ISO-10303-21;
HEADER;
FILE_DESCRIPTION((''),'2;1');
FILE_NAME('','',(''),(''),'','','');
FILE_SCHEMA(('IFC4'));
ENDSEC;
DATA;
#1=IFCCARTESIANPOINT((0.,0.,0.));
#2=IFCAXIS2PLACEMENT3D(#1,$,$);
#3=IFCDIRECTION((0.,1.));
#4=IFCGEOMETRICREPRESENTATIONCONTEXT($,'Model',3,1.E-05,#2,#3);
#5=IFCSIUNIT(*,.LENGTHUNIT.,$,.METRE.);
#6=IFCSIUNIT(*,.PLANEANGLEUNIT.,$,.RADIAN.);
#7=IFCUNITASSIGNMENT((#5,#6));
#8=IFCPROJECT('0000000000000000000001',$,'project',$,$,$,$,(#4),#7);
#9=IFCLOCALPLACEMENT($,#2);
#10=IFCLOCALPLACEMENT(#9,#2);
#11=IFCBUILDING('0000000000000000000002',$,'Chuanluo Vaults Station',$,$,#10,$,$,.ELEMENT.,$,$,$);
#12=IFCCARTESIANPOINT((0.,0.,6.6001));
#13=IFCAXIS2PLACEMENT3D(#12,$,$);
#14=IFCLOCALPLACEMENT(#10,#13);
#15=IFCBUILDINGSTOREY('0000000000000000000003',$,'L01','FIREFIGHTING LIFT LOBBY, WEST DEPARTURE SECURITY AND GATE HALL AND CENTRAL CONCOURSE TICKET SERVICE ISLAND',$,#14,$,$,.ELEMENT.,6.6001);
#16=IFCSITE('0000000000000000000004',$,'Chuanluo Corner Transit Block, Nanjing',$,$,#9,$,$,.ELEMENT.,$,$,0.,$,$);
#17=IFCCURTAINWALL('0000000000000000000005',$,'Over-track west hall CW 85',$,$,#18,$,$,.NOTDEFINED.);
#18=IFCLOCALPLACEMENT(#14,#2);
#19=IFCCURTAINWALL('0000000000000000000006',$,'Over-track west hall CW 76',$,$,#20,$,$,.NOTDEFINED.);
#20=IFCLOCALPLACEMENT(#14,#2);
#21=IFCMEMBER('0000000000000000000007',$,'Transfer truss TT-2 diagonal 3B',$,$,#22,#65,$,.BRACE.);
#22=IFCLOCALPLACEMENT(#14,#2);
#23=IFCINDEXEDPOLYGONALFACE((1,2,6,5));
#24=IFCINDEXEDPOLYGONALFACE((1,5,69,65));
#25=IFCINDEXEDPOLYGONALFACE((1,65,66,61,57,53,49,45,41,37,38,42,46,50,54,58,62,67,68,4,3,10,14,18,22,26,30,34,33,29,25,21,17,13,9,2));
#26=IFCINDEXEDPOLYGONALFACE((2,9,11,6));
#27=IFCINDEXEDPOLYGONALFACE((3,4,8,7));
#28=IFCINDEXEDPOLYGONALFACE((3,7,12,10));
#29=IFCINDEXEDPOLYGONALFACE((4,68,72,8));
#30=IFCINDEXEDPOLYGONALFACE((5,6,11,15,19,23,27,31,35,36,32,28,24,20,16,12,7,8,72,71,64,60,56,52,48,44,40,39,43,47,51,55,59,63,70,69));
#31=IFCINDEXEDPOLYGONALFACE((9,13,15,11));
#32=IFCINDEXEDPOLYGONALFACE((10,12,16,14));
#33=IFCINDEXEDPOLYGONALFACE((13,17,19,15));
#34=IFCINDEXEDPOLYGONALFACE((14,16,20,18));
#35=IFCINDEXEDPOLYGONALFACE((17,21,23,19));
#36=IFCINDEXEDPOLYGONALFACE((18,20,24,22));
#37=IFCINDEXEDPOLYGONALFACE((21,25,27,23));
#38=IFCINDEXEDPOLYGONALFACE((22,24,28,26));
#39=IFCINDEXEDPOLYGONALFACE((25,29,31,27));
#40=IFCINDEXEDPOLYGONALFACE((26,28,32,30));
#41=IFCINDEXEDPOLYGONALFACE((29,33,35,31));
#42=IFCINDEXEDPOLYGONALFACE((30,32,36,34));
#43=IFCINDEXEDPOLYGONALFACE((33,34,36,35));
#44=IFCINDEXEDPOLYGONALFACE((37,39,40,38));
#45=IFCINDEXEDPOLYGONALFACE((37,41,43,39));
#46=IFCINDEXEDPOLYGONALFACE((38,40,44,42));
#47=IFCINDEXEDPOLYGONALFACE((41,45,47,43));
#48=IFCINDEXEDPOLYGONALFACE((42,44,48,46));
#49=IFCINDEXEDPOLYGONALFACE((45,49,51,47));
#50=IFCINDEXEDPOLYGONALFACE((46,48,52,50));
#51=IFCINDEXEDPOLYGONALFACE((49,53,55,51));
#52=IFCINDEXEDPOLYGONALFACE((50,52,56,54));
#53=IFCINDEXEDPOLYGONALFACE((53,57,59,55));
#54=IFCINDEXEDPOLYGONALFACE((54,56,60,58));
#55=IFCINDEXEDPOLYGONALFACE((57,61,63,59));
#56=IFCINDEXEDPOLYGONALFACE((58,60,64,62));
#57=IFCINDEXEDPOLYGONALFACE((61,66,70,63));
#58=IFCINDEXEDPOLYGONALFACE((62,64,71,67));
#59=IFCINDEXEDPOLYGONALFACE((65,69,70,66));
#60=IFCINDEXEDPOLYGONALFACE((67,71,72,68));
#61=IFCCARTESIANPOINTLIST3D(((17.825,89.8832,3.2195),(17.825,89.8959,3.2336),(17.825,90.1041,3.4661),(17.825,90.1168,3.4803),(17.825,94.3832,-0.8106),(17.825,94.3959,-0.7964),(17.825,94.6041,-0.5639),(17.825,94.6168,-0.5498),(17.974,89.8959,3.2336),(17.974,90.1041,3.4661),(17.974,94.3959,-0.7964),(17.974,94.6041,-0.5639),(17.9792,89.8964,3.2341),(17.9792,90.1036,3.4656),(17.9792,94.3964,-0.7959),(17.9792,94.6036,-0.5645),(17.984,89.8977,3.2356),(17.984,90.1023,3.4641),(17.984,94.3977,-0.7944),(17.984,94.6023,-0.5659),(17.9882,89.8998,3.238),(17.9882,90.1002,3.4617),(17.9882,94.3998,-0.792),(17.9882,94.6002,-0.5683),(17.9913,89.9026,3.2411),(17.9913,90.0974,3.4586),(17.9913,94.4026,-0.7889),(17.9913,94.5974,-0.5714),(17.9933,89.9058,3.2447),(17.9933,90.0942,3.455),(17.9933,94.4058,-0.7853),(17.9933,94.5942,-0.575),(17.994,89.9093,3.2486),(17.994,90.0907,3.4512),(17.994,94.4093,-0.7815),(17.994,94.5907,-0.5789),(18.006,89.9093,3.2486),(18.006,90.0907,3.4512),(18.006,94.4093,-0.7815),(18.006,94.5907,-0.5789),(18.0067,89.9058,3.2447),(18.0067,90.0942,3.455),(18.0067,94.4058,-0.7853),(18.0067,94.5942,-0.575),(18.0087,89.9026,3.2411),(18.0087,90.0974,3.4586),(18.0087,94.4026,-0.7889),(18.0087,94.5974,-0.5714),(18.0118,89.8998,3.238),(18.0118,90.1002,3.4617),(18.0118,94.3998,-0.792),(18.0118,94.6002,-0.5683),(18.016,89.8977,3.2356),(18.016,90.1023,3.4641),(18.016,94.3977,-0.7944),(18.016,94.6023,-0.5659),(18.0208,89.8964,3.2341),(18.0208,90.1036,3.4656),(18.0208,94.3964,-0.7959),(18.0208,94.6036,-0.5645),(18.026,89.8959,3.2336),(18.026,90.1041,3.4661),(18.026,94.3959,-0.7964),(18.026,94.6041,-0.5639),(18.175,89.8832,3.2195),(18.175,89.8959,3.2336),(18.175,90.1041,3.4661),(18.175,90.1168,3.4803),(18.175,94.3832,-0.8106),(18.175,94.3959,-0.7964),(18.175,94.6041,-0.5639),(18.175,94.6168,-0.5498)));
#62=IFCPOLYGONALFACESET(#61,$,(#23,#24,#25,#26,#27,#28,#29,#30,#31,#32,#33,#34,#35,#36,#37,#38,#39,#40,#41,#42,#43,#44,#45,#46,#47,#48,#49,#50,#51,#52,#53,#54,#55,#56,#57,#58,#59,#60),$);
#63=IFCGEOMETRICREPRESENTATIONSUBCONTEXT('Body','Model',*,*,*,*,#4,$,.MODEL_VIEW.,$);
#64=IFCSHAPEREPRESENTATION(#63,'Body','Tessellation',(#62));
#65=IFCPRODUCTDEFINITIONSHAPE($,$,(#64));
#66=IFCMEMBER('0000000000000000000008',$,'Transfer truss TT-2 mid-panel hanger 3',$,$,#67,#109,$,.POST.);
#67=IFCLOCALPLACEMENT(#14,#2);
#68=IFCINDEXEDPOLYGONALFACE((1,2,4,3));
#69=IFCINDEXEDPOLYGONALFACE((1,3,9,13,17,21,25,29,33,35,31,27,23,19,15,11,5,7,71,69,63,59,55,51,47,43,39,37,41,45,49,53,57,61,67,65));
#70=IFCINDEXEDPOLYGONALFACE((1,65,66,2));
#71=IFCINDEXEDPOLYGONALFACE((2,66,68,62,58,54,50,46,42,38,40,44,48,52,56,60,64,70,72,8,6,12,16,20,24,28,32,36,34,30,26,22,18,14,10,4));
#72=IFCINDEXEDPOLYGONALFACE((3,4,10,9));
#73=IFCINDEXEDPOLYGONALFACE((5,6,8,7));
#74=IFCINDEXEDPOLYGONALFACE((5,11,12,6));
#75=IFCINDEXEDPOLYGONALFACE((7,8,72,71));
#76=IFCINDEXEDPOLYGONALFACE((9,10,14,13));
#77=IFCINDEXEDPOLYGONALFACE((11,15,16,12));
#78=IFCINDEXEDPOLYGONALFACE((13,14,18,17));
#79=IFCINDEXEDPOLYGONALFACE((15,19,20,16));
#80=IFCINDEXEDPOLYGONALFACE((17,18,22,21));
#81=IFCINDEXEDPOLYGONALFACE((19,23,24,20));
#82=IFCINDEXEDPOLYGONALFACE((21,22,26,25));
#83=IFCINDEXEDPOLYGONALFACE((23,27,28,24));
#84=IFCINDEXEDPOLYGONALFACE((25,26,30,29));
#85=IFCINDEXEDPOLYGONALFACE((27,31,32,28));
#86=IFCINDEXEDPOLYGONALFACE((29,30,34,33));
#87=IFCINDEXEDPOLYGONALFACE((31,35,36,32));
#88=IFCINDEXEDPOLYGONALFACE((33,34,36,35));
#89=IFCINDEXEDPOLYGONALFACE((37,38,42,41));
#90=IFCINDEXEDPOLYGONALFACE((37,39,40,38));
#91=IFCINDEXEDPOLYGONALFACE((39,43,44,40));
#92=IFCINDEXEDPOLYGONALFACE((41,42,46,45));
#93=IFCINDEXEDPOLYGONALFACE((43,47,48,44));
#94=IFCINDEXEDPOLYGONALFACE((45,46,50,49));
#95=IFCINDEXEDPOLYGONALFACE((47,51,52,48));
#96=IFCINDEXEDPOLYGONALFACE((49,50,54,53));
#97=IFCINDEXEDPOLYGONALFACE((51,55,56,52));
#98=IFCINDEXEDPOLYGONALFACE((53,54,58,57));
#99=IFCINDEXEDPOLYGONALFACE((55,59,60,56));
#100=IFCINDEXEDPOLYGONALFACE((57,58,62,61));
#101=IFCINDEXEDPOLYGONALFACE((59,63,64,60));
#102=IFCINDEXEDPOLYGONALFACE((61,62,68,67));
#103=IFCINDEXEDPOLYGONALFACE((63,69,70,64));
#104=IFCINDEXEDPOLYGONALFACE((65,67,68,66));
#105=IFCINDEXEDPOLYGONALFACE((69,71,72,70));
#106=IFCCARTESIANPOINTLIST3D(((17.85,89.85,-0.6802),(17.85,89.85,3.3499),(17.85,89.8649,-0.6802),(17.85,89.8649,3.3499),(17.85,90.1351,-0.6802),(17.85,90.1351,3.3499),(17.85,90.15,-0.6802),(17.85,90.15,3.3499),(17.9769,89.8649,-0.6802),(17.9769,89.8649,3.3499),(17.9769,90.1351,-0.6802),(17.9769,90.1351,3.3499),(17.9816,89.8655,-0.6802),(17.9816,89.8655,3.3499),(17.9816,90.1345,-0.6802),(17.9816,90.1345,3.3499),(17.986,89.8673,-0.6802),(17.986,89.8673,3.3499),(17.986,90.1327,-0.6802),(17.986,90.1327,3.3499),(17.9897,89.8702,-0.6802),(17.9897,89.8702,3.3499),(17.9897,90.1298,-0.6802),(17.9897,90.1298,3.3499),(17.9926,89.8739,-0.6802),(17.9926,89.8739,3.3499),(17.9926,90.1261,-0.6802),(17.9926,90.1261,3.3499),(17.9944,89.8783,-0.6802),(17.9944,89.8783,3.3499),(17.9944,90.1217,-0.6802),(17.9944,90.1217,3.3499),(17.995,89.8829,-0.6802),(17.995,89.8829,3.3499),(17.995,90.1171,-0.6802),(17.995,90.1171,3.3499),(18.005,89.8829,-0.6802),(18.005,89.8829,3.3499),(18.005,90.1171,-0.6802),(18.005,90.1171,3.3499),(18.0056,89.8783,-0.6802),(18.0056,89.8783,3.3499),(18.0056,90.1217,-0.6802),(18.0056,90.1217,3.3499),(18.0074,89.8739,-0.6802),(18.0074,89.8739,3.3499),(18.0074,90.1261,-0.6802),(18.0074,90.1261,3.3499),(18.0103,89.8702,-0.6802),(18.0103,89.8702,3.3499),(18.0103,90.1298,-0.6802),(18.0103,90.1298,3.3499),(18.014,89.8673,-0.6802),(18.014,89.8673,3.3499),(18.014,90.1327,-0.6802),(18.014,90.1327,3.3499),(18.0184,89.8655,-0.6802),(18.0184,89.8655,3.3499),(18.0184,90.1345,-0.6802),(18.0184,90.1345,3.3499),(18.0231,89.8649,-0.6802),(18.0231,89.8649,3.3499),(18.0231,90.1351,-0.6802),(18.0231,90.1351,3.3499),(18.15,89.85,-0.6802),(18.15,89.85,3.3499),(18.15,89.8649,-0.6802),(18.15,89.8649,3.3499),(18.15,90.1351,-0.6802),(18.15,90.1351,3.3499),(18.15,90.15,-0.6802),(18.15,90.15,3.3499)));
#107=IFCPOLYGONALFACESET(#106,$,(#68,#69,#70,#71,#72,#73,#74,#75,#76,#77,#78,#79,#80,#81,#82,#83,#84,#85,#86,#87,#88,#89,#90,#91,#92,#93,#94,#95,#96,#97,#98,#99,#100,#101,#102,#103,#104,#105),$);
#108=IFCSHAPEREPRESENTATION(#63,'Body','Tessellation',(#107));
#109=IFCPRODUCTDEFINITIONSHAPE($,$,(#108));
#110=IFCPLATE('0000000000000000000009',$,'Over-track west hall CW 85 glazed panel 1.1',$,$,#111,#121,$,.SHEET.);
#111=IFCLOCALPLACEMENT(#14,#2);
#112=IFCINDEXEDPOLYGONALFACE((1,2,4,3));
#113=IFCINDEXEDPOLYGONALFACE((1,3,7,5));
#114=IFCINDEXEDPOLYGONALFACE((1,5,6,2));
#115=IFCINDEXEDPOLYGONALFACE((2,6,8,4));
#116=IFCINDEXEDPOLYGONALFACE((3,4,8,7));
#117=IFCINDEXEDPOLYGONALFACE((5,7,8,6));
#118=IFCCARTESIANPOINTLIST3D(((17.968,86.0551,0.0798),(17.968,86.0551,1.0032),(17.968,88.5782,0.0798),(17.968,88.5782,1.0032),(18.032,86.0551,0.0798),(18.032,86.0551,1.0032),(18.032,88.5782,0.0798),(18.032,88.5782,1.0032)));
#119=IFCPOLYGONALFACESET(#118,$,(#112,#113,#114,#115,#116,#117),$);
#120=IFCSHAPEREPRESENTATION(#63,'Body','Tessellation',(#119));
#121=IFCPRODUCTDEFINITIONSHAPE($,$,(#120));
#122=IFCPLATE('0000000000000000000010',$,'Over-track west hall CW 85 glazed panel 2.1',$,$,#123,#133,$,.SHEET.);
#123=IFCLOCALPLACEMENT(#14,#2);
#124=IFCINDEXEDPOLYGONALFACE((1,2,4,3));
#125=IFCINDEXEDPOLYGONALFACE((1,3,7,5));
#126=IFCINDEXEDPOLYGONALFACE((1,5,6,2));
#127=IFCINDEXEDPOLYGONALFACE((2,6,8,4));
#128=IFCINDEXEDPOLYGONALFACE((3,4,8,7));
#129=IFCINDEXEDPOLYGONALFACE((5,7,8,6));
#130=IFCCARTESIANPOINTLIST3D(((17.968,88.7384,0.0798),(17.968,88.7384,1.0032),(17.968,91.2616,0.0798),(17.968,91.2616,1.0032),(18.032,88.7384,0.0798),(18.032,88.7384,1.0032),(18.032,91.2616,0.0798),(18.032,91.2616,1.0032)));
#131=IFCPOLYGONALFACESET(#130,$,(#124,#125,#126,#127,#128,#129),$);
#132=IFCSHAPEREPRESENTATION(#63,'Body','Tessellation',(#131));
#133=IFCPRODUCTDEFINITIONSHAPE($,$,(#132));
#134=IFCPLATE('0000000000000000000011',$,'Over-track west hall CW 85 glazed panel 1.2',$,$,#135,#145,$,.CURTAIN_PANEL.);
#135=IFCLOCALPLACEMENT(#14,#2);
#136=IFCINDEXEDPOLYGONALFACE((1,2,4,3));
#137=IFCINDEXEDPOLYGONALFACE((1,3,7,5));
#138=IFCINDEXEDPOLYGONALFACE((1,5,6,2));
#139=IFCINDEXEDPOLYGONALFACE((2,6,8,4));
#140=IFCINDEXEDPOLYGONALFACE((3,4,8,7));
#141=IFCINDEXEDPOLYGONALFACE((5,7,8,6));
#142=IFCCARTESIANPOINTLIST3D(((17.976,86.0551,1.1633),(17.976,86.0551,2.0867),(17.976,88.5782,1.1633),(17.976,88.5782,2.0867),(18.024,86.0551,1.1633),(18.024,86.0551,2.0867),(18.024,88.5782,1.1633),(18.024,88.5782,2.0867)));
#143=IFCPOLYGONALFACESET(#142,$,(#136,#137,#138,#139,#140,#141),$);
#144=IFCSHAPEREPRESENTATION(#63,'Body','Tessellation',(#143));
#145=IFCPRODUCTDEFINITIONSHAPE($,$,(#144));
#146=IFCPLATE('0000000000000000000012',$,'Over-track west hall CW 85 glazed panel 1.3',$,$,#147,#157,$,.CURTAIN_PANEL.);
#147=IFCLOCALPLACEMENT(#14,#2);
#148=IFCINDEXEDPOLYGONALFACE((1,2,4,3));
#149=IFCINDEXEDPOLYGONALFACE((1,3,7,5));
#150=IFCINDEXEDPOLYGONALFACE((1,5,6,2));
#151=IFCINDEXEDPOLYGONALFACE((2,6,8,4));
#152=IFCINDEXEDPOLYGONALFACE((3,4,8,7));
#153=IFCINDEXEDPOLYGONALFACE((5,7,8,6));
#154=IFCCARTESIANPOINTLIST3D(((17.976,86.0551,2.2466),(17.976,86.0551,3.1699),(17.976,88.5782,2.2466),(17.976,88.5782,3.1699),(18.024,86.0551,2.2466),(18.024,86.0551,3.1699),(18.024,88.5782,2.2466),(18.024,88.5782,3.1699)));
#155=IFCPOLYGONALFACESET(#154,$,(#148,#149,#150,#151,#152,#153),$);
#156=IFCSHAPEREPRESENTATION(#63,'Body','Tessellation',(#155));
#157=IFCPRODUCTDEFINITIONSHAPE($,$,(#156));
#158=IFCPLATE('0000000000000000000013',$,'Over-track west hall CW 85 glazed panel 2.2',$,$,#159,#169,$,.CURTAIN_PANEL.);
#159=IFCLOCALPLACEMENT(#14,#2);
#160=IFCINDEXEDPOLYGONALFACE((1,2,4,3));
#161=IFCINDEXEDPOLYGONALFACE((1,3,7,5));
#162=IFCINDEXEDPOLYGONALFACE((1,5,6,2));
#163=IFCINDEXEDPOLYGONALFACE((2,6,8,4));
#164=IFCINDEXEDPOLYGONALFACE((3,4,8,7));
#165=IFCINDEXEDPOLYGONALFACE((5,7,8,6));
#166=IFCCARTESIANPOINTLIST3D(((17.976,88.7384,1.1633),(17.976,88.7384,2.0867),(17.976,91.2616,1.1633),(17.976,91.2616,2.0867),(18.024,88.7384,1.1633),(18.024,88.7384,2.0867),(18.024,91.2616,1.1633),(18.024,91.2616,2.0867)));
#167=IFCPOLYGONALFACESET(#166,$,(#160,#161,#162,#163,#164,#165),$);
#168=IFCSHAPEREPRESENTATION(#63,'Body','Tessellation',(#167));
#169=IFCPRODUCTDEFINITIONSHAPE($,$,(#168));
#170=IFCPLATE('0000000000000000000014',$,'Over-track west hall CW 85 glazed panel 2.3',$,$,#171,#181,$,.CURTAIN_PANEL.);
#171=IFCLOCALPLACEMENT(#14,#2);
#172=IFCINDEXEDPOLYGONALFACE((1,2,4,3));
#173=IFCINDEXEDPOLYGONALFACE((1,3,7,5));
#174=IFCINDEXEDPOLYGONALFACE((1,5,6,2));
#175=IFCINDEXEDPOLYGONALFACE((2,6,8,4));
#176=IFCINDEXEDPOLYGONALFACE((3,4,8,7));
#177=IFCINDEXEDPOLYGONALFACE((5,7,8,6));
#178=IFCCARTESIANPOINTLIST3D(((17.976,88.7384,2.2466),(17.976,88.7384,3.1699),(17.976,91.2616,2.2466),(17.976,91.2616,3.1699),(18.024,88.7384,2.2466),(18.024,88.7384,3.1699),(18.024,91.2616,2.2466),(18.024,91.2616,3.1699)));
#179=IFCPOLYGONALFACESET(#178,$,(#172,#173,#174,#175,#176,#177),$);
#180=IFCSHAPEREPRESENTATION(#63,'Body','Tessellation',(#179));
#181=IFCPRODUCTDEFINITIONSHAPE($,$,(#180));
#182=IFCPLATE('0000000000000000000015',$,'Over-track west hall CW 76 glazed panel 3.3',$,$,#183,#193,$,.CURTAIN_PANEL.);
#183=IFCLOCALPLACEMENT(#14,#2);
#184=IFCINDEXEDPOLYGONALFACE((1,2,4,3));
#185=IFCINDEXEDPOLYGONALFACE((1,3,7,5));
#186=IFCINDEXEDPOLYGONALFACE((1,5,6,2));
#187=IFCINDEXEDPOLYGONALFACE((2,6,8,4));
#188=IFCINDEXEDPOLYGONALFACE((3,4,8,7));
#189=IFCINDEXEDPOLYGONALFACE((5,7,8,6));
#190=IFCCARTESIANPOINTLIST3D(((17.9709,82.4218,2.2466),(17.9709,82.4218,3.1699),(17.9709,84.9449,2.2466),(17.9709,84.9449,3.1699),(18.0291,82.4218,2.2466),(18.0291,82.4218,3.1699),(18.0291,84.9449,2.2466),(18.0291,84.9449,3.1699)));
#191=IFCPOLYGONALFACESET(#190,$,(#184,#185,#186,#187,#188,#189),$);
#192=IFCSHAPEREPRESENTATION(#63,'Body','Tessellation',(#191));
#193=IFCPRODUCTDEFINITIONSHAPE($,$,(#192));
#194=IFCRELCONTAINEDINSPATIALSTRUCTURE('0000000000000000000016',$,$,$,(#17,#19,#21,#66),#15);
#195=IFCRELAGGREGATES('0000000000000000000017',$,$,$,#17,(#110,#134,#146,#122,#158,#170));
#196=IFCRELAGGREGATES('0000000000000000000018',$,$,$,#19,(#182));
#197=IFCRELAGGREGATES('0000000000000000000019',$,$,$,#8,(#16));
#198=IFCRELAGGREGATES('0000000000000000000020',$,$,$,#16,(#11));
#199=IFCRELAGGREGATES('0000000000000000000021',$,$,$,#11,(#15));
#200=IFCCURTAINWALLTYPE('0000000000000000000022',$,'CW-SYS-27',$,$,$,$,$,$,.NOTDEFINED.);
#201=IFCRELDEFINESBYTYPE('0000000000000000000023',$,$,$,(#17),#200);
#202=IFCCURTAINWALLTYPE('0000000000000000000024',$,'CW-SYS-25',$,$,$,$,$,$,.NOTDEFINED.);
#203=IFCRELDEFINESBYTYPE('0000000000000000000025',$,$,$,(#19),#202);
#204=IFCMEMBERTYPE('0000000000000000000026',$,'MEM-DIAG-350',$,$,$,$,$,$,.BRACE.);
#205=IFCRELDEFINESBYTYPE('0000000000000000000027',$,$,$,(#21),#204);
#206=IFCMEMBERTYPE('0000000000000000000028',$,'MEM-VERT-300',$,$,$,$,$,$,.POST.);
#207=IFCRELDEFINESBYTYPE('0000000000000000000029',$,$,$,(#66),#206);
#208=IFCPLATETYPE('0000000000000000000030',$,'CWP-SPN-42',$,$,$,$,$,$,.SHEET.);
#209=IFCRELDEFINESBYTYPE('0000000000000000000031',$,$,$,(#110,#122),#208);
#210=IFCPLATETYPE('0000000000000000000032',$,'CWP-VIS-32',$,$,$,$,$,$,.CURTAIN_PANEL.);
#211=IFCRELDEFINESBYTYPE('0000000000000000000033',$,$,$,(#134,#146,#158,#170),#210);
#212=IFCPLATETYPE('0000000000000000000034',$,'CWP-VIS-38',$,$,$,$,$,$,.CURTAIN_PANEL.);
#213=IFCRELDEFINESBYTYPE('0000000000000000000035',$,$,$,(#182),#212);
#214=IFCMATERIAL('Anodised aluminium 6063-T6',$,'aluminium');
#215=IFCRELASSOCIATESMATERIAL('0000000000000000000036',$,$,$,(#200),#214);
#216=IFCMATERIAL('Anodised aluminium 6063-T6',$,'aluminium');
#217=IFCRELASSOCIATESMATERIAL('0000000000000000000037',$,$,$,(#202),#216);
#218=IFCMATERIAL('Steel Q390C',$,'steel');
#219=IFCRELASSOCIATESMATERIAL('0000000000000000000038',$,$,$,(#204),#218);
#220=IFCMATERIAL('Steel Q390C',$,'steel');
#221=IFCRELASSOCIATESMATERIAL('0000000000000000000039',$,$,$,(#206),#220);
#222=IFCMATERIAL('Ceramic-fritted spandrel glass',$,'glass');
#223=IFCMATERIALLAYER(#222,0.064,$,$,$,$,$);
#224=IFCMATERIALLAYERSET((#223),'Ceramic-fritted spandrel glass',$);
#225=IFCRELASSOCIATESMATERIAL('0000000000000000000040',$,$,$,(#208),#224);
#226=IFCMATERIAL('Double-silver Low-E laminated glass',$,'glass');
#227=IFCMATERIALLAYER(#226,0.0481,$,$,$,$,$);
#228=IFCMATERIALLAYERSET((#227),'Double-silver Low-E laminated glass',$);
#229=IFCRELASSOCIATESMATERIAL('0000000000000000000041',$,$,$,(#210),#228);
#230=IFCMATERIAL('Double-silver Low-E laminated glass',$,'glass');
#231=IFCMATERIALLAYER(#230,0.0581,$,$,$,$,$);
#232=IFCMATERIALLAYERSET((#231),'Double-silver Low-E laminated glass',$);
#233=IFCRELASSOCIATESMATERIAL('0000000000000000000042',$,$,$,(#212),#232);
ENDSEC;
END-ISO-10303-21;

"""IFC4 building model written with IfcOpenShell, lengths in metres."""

from ifc_helpers import new_model, si_unit, direction, frame, origin, origin_2d, place, context, subcontext, project, spatial, rectangle, i_section, extrude, material, layer, layer_set, material_profile, profile_set, type_object, element, aggregate, save


model = new_model("IFC4")

# Units and contexts
model_context = context("Model", 3, precision=1e-05, world=origin(), true_north=direction((0.0, 1.0)))
body_context = subcontext(model_context, "Body", "Model", "MODEL_VIEW")
ifc_project = project(units=[si_unit("LENGTHUNIT", "METRE"), si_unit("PLANEANGLEUNIT", "RADIAN")], contexts=[model_context])

# Site, building, storey
site_placement = place(None, origin())
site = spatial("IfcSite", under=ifc_project, at=site_placement, Name="Chuanluo Corner Transit Block, Nanjing", CompositionType="ELEMENT", RefElevation=0.0)
building_placement = place(site_placement, origin())
building = spatial("IfcBuilding", under=site, at=building_placement, Name="Chuanluo Vaults Station", CompositionType="ELEMENT")
storey_placement = place(building_placement, frame((0.0, 0.0, 6.6001)))
storey = spatial("IfcBuildingStorey", under=building, at=storey_placement, Name="L01", Description="FIREFIGHTING LIFT LOBBY, WEST DEPARTURE SECURITY AND GATE HALL AND CENTRAL CONCOURSE TICKET SERVICE ISLAND", CompositionType="ELEMENT", Elevation=6.6001)

# Curtain wall
ifc_material_1 = material(Name="Anodised aluminium 6063-T6", Category="aluminium")
curtain_wall_type_1 = type_object("IfcCurtainWallType", Name="CW-SYS-27", PredefinedType="NOTDEFINED", material=ifc_material_1)
curtain_wall_1_placement = place(storey_placement, origin())
curtain_wall_1 = element("IfcCurtainWall", 1, at=curtain_wall_1_placement, inside=storey, type_object=curtain_wall_type_1, Name="Over-track west hall CW 85", PredefinedType="NOTDEFINED")

# Curtain wall
ifc_material_2 = material(Name="Anodised aluminium 6063-T6", Category="aluminium")
curtain_wall_type_2 = type_object("IfcCurtainWallType", Name="CW-SYS-25", PredefinedType="NOTDEFINED", material=ifc_material_2)
curtain_wall_2_placement = place(storey_placement, origin())
curtain_wall_2 = element("IfcCurtainWall", 2, at=curtain_wall_2_placement, inside=storey, type_object=curtain_wall_type_2, Name="Over-track west hall CW 76", PredefinedType="NOTDEFINED")

# Members
ifc_material_3 = material(Name="Steel Q390C", Category="steel")
ifc_material_profile_1 = material_profile(ifc_material_3, i_section(OverallWidth=0.3501, OverallDepth=0.3501, WebThickness=0.012, FlangeThickness=0.019, FilletRadius=0.02, at=origin_2d()))
ifc_profile_set_1 = profile_set([ifc_material_profile_1], Name="Steel Q390C")
member_type_1 = type_object("IfcMemberType", Name="MEM-DIAG-350", PredefinedType="BRACE", material=ifc_profile_set_1)
for number, where, z_axis, x_axis, name in (
    (3, (18.0, 90.0, 3.3499), (0.0, 0.744936, -0.667136), (-1.0, 0.0, 0.0), "Transfer truss TT-2 diagonal 3B"),
):
    element("IfcMember", number, at=place(storey_placement, frame(where, z_axis=z_axis, x_axis=x_axis)), inside=storey, type_object=member_type_1, Name=name, PredefinedType="BRACE", context=body_context, shape_type="SweptSolid", body=[
        extrude(i_section(OverallWidth=0.3501, OverallDepth=0.3501, WebThickness=0.012, FlangeThickness=0.019, FilletRadius=0.02, at=origin_2d()), origin(), (0.0, 0.0, 1.0), 6.0408),
    ])
ifc_material_4 = material(Name="Steel Q390C", Category="steel")
ifc_material_profile_2 = material_profile(ifc_material_4, i_section(OverallWidth=0.3, OverallDepth=0.3, WebThickness=0.01, FlangeThickness=0.0149, FilletRadius=0.0181, at=origin_2d()))
ifc_profile_set_2 = profile_set([ifc_material_profile_2], Name="Steel Q390C")
member_type_2 = type_object("IfcMemberType", Name="MEM-VERT-300", PredefinedType="POST", material=ifc_profile_set_2)
member_1_placement = place(storey_placement, frame((18.0, 90.0, -0.6802), z_axis=(0.0, 0.0, 1.0), x_axis=(1.0, 0.0, 0.0)))
element("IfcMember", 4, at=member_1_placement, inside=storey, type_object=member_type_2, Name="Transfer truss TT-2 mid-panel hanger 3", PredefinedType="POST", context=body_context, shape_type="SweptSolid", body=[
    extrude(i_section(OverallWidth=0.3, OverallDepth=0.3, WebThickness=0.01, FlangeThickness=0.0149, FilletRadius=0.0181, at=origin_2d()), origin(), (0.0, 0.0, 1.0), 4.03),
])

# Plates
ifc_material_5 = material(Name="Ceramic-fritted spandrel glass", Category="glass")
ifc_layer_1 = layer(ifc_material_5, 0.064)
ifc_layer_set_1 = layer_set([ifc_layer_1], Name="Ceramic-fritted spandrel glass")
plate_type_1 = type_object("IfcPlateType", Name="CWP-SPN-42", PredefinedType="SHEET", material=ifc_layer_set_1)
plate_1_placement = place(storey_placement, frame((18.0, 87.3167, 0.0798), z_axis=(0.0, 0.0, 1.0), x_axis=(0.0, 1.0, 0.0)))
plate_1 = element("IfcPlate", 5, at=plate_1_placement, type_object=plate_type_1, Name="Over-track west hall CW 85 glazed panel 1.1", PredefinedType="SHEET", context=body_context, shape_type="SweptSolid", body=[
    extrude(rectangle(XDim=2.5232, YDim=0.064, at=origin_2d()), origin(), (0.0, 0.0, 1.0), 0.9233),
])
plate_2_placement = place(storey_placement, frame((18.0, 90.0, 0.0798), z_axis=(0.0, 0.0, 1.0), x_axis=(0.0, 1.0, 0.0)))
plate_2 = element("IfcPlate", 6, at=plate_2_placement, type_object=plate_type_1, Name="Over-track west hall CW 85 glazed panel 2.1", PredefinedType="SHEET", context=body_context, shape_type="SweptSolid", body=[
    extrude(rectangle(XDim=2.5232, YDim=0.064, at=origin_2d()), origin(), (0.0, 0.0, 1.0), 0.9233),
])
ifc_material_6 = material(Name="Double-silver Low-E laminated glass", Category="glass")
ifc_layer_2 = layer(ifc_material_6, 0.0481)
ifc_layer_set_2 = layer_set([ifc_layer_2], Name="Double-silver Low-E laminated glass")
plate_type_2 = type_object("IfcPlateType", Name="CWP-VIS-32", PredefinedType="CURTAIN_PANEL", material=ifc_layer_set_2)
plate_3_placement = place(storey_placement, frame((18.0, 87.3167, 1.1633), z_axis=(0.0, 0.0, 1.0), x_axis=(0.0, 1.0, 0.0)))
plate_3 = element("IfcPlate", 7, at=plate_3_placement, type_object=plate_type_2, Name="Over-track west hall CW 85 glazed panel 1.2", PredefinedType="CURTAIN_PANEL", context=body_context, shape_type="SweptSolid", body=[
    extrude(rectangle(XDim=2.5232, YDim=0.0481, at=origin_2d()), origin(), (0.0, 0.0, 1.0), 0.9233),
])
plate_4_placement = place(storey_placement, frame((18.0, 87.3167, 2.2466), z_axis=(0.0, 0.0, 1.0), x_axis=(0.0, 1.0, 0.0)))
plate_4 = element("IfcPlate", 8, at=plate_4_placement, type_object=plate_type_2, Name="Over-track west hall CW 85 glazed panel 1.3", PredefinedType="CURTAIN_PANEL", context=body_context, shape_type="SweptSolid", body=[
    extrude(rectangle(XDim=2.5232, YDim=0.0481, at=origin_2d()), origin(), (0.0, 0.0, 1.0), 0.9233),
])
plate_5_placement = place(storey_placement, frame((18.0, 90.0, 1.1633), z_axis=(0.0, 0.0, 1.0), x_axis=(0.0, 1.0, 0.0)))
plate_5 = element("IfcPlate", 9, at=plate_5_placement, type_object=plate_type_2, Name="Over-track west hall CW 85 glazed panel 2.2", PredefinedType="CURTAIN_PANEL", context=body_context, shape_type="SweptSolid", body=[
    extrude(rectangle(XDim=2.5232, YDim=0.0481, at=origin_2d()), origin(), (0.0, 0.0, 1.0), 0.9233),
])
plate_6_placement = place(storey_placement, frame((18.0, 90.0, 2.2466), z_axis=(0.0, 0.0, 1.0), x_axis=(0.0, 1.0, 0.0)))
plate_6 = element("IfcPlate", 10, at=plate_6_placement, type_object=plate_type_2, Name="Over-track west hall CW 85 glazed panel 2.3", PredefinedType="CURTAIN_PANEL", context=body_context, shape_type="SweptSolid", body=[
    extrude(rectangle(XDim=2.5232, YDim=0.0481, at=origin_2d()), origin(), (0.0, 0.0, 1.0), 0.9233),
])
aggregate(curtain_wall_1, [plate_1, plate_3, plate_4, plate_2, plate_5, plate_6])
ifc_material_7 = material(Name="Double-silver Low-E laminated glass", Category="glass")
ifc_layer_3 = layer(ifc_material_7, 0.0581)
ifc_layer_set_3 = layer_set([ifc_layer_3], Name="Double-silver Low-E laminated glass")
plate_type_3 = type_object("IfcPlateType", Name="CWP-VIS-38", PredefinedType="CURTAIN_PANEL", material=ifc_layer_set_3)
plate_7_placement = place(storey_placement, frame((18.0, 83.6833, 2.2466), z_axis=(0.0, 0.0, 1.0), x_axis=(0.0, 1.0, 0.0)))
plate_7 = element("IfcPlate", 11, at=plate_7_placement, type_object=plate_type_3, Name="Over-track west hall CW 76 glazed panel 3.3", PredefinedType="CURTAIN_PANEL", context=body_context, shape_type="SweptSolid", body=[
    extrude(rectangle(XDim=2.5232, YDim=0.0581, at=origin_2d()), origin(), (0.0, 0.0, 1.0), 0.9233),
])
aggregate(curtain_wall_2, [plate_7])

save(model, "model.ifc")
